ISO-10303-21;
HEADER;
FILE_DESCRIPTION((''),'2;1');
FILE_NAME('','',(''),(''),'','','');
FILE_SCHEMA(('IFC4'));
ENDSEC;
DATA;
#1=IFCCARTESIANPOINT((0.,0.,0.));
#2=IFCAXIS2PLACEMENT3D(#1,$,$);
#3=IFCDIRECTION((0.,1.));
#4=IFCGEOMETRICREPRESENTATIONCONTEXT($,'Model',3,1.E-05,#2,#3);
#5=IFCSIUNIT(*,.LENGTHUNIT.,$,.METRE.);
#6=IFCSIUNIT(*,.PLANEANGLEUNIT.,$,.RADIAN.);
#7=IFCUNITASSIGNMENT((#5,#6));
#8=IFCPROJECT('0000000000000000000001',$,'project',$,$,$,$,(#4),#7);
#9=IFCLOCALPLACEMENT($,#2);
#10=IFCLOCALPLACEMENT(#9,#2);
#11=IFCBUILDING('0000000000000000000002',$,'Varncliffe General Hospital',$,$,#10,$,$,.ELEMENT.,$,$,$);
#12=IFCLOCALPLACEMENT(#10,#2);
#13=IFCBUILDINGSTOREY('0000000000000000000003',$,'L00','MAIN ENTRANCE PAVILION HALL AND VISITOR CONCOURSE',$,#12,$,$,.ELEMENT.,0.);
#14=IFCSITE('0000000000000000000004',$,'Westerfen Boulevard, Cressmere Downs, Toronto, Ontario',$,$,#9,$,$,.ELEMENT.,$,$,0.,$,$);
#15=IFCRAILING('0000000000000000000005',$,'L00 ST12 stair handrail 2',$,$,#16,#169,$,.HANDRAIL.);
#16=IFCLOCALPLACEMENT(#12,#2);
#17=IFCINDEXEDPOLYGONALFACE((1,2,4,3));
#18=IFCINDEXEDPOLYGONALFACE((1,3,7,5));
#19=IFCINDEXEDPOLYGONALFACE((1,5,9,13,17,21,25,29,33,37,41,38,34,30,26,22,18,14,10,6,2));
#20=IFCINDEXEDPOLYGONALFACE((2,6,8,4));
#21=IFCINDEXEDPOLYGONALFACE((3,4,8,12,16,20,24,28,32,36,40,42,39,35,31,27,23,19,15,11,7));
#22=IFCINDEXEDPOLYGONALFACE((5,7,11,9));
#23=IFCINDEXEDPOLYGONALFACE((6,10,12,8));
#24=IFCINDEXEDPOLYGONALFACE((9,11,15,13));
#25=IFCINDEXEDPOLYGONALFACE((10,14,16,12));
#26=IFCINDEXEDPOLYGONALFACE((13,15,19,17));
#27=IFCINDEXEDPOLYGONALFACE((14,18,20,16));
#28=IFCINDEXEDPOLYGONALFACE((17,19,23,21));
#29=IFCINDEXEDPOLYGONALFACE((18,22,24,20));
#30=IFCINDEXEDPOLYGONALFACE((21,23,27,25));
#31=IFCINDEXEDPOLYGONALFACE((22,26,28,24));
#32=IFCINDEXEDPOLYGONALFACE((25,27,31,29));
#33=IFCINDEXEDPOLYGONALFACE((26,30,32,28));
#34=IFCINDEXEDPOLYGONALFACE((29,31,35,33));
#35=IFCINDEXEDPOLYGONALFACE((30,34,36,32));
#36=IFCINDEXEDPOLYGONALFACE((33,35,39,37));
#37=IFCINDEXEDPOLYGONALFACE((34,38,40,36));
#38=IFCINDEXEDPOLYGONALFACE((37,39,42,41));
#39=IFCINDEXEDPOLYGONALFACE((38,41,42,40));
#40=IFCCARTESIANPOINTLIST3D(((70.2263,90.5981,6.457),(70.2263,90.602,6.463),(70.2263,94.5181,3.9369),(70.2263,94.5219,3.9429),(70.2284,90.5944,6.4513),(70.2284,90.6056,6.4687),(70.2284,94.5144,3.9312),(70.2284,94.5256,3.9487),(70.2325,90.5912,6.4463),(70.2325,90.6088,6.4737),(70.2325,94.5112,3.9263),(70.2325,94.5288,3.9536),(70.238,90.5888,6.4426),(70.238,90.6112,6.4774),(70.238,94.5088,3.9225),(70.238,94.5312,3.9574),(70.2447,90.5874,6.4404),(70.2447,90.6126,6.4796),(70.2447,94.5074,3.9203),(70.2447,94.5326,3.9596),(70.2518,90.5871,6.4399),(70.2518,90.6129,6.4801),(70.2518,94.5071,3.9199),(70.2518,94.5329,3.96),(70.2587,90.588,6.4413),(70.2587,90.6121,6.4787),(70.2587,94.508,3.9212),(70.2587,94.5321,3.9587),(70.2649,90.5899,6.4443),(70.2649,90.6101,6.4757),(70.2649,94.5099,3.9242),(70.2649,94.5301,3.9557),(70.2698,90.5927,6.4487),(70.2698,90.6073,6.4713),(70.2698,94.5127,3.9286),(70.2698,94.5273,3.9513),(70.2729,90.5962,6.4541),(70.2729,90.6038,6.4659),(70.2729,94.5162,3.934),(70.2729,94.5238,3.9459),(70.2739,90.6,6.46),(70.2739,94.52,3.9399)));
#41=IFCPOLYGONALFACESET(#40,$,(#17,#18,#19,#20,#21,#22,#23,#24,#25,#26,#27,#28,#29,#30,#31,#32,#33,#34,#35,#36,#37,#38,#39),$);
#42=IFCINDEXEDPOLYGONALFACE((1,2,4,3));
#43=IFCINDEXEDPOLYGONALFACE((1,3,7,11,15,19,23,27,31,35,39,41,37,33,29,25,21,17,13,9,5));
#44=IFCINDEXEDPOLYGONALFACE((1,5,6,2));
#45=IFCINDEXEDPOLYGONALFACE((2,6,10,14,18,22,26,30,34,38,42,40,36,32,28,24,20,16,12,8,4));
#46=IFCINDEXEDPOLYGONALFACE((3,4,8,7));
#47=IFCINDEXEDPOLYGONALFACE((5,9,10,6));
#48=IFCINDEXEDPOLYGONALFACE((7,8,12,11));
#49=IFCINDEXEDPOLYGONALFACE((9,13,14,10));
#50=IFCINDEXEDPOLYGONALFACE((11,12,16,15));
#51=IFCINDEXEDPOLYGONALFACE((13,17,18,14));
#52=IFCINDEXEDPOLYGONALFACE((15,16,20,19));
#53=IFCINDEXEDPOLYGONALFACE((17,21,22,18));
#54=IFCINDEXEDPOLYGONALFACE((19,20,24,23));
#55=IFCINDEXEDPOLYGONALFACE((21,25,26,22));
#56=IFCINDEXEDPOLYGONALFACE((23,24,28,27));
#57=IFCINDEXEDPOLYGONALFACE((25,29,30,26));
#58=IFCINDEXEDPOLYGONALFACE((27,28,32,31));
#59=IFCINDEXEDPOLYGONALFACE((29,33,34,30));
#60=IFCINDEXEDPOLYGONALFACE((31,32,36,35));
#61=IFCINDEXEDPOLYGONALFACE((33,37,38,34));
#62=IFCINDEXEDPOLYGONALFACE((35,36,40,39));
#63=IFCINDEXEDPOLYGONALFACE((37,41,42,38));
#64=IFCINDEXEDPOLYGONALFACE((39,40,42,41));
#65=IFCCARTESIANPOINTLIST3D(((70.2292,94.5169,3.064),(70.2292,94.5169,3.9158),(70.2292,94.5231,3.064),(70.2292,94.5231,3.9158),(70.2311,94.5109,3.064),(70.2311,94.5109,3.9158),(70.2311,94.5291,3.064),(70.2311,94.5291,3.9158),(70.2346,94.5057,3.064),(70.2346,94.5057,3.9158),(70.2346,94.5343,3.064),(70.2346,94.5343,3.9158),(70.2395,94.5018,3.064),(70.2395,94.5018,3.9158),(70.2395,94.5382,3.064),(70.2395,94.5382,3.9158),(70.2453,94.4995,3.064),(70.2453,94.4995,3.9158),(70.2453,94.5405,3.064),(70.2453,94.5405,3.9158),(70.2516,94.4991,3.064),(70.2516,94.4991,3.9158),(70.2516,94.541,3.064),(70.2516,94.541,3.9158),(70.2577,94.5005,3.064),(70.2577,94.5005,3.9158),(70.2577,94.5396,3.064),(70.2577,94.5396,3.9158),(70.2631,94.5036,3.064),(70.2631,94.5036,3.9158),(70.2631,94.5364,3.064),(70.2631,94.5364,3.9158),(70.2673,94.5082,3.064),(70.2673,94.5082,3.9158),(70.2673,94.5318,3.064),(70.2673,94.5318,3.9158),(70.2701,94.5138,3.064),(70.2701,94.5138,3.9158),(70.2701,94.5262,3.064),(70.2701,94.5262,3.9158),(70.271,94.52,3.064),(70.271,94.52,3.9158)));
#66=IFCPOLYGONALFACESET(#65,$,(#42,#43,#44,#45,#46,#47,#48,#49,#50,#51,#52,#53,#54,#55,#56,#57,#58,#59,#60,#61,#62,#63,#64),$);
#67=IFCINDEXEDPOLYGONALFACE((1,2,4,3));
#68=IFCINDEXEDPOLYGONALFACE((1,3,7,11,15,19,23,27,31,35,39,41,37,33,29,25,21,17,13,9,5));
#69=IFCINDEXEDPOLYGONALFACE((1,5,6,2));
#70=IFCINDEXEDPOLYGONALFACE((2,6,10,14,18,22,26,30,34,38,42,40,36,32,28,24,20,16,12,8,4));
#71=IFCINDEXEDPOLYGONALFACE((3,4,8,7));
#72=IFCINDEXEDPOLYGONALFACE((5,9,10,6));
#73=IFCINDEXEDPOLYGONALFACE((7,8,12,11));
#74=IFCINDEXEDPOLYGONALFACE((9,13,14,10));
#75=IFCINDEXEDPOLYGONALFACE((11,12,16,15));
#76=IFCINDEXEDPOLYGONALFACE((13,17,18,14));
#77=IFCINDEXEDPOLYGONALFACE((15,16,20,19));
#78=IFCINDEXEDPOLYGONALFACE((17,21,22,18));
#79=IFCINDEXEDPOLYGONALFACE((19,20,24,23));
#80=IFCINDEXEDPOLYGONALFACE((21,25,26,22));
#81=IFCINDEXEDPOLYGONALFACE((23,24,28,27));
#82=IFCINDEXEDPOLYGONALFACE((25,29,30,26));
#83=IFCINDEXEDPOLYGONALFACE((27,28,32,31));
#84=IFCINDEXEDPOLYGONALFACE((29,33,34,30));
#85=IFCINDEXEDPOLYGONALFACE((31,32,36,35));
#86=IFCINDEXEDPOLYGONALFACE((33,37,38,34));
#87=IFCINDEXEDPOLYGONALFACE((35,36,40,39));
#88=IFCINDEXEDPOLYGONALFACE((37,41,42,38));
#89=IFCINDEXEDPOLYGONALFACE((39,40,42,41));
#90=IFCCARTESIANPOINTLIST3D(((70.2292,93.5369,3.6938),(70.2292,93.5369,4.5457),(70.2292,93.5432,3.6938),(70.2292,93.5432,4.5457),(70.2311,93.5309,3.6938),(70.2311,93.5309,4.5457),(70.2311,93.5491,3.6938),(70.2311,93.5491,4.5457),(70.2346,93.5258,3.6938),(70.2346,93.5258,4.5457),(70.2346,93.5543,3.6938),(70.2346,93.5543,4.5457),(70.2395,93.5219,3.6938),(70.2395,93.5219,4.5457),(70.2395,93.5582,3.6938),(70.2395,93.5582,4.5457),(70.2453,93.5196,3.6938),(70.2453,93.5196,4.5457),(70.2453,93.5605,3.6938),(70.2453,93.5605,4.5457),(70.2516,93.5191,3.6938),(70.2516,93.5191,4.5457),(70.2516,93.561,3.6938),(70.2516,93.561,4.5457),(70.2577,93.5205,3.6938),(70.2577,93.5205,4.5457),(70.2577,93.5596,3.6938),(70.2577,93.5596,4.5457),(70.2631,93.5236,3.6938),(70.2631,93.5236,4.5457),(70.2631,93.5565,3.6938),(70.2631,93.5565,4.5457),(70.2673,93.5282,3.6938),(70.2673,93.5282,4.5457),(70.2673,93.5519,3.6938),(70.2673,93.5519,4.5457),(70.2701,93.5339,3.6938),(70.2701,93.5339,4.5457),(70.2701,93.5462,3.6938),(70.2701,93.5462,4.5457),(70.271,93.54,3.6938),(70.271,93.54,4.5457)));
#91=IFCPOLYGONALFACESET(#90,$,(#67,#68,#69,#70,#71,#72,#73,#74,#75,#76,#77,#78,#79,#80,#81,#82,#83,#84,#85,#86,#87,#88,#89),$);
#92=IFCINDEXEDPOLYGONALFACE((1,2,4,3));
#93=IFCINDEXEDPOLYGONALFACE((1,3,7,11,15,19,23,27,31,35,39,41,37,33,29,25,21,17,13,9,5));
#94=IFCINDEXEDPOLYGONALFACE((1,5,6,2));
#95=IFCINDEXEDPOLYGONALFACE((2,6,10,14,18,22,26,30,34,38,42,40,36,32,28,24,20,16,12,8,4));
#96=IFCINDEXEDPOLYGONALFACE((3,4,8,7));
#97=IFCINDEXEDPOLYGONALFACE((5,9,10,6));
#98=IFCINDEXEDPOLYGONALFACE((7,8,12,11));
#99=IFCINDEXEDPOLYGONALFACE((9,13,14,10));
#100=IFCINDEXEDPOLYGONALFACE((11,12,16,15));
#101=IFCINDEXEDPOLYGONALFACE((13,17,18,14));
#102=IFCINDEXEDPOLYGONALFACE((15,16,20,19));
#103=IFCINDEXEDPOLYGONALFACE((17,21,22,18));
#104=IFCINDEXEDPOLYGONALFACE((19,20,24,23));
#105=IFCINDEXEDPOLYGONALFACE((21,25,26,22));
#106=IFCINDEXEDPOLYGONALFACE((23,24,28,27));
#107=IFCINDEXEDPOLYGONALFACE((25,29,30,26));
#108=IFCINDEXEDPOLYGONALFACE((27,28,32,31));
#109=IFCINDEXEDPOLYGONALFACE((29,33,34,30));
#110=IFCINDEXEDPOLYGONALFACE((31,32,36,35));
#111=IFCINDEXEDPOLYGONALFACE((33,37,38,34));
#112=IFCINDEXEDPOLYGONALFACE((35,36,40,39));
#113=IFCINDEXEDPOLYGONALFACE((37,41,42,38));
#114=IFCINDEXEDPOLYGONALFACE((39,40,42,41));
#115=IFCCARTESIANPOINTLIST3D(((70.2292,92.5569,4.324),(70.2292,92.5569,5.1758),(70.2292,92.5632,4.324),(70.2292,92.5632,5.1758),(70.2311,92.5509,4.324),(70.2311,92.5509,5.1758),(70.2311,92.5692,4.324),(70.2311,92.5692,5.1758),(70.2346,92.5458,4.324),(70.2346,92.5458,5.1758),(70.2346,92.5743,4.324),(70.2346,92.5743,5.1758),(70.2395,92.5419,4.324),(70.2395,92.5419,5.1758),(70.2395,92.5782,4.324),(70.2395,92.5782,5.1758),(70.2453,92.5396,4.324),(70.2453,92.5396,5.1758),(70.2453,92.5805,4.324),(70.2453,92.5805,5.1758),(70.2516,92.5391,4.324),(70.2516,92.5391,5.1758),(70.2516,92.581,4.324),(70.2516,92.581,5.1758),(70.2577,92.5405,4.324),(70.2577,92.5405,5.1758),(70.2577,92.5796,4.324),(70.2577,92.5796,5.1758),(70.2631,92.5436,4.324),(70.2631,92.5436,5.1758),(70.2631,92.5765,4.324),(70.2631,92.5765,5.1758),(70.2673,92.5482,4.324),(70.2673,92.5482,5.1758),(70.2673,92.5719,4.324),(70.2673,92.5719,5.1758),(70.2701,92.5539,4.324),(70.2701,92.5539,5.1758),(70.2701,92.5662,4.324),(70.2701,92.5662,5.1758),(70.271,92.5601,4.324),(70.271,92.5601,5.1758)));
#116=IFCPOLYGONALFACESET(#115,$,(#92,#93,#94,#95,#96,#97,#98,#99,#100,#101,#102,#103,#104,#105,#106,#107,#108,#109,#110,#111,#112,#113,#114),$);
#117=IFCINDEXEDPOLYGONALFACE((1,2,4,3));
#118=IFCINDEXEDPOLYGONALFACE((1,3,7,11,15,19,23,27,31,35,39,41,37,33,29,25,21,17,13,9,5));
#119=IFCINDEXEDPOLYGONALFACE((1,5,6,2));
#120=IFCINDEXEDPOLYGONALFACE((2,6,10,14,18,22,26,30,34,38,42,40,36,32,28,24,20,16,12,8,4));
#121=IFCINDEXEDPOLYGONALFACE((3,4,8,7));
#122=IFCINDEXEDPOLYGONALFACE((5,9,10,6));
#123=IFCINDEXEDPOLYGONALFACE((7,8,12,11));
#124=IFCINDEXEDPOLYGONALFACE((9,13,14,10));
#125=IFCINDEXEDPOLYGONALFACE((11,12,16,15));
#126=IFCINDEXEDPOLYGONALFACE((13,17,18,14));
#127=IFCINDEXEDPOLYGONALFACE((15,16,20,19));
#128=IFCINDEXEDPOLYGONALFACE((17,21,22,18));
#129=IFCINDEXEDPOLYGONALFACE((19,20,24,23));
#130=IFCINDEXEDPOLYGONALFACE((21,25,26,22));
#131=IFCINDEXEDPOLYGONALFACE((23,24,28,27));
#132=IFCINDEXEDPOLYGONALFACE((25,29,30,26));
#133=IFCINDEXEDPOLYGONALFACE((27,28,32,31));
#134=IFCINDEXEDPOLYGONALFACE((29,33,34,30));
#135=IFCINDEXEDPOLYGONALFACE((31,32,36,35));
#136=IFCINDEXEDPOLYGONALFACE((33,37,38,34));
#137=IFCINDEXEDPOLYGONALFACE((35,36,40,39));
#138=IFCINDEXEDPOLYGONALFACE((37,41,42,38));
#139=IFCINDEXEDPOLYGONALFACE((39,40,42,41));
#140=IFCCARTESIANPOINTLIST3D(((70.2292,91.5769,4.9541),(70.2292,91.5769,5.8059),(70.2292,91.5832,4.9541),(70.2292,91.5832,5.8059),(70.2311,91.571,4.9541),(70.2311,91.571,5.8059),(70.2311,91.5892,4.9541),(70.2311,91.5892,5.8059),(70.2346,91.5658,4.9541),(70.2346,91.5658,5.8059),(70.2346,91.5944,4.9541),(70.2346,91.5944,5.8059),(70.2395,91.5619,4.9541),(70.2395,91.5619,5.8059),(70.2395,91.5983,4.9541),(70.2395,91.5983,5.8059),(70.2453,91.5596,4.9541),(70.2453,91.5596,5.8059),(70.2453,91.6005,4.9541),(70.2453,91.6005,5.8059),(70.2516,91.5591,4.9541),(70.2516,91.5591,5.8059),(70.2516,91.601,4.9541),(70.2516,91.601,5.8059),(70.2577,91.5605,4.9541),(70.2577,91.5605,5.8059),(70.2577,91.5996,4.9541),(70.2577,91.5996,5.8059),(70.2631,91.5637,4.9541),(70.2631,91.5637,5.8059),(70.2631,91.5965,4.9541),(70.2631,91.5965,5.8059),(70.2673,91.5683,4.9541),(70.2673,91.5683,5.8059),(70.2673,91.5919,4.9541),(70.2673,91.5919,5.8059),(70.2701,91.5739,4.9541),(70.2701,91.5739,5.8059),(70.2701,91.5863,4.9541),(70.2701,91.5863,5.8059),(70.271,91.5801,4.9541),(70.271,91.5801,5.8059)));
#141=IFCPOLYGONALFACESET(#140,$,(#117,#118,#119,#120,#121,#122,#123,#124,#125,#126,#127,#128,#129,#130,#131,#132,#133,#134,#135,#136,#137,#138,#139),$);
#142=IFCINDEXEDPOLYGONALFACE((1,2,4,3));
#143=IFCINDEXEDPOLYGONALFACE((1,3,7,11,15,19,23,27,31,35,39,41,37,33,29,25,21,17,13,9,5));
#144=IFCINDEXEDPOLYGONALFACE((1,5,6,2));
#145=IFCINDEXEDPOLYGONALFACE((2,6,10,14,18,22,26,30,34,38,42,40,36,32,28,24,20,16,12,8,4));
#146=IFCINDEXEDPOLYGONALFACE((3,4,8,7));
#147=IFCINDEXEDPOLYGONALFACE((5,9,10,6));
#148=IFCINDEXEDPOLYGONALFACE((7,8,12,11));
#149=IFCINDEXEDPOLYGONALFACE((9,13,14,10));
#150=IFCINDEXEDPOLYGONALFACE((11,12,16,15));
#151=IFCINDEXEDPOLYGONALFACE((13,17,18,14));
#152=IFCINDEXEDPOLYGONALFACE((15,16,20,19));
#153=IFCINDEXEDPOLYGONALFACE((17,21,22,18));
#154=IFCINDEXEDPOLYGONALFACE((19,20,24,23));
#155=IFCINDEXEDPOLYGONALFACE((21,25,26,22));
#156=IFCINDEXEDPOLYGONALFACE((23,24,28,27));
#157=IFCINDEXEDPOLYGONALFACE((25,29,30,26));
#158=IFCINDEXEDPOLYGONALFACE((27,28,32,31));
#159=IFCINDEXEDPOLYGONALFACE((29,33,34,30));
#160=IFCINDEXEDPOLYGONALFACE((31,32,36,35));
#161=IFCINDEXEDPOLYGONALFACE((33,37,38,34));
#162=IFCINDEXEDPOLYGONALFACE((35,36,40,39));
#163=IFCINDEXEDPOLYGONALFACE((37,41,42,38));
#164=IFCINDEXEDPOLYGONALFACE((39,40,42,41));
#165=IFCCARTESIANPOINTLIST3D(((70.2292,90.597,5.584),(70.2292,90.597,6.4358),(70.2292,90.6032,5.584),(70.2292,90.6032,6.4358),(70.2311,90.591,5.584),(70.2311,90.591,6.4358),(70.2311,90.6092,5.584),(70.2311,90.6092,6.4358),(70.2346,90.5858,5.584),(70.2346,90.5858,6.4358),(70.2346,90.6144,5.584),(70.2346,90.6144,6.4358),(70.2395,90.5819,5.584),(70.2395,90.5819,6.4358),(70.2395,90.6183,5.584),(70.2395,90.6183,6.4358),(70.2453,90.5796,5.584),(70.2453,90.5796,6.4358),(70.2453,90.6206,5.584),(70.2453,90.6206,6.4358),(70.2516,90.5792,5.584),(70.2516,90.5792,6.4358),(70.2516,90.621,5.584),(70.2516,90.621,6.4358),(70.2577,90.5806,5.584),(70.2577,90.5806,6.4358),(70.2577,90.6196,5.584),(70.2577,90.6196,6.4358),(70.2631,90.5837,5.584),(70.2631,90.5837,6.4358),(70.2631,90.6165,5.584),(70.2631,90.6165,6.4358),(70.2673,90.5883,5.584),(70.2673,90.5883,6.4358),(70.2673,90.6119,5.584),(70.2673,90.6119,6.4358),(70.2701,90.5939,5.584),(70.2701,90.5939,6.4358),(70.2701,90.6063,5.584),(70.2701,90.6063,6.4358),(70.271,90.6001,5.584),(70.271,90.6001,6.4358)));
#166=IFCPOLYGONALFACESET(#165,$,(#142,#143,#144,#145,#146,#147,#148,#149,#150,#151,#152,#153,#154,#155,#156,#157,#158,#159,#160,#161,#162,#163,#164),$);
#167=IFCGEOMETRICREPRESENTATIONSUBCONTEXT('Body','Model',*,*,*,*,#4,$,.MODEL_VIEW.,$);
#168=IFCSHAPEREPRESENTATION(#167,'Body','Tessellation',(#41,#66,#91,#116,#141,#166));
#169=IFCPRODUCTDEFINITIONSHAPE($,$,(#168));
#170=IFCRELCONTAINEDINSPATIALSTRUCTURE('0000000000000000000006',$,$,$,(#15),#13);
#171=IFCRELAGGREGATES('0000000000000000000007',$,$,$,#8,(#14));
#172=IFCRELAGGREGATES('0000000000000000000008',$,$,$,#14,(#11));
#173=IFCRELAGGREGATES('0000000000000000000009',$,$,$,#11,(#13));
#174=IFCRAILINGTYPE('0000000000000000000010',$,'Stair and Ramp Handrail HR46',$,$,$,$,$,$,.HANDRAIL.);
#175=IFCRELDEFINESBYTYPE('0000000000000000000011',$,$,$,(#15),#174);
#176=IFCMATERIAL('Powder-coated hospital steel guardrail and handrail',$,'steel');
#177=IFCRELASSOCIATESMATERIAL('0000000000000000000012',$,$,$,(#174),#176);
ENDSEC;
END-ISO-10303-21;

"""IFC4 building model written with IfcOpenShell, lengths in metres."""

from ifc_helpers import new_model, si_unit, direction, frame, origin, origin_2d, place, context, subcontext, project, spatial, circle, extrude, material, type_object, element, save


model = new_model("IFC4")

# Units and contexts
model_context = context("Model", 3, precision=1e-05, world=origin(), true_north=direction((0.0, 1.0)))
body_context = subcontext(model_context, "Body", "Model", "MODEL_VIEW")
ifc_project = project(units=[si_unit("LENGTHUNIT", "METRE"), si_unit("PLANEANGLEUNIT", "RADIAN")], contexts=[model_context])

# Site, building, storey
site_placement = place(None, origin())
site = spatial("IfcSite", under=ifc_project, at=site_placement, Name="Westerfen Boulevard, Cressmere Downs, Toronto, Ontario", CompositionType="ELEMENT", RefElevation=0.0)
building_placement = place(site_placement, origin())
building = spatial("IfcBuilding", under=site, at=building_placement, Name="Varncliffe General Hospital", CompositionType="ELEMENT")
storey_placement = place(building_placement, origin())
storey = spatial("IfcBuildingStorey", under=building, at=storey_placement, Name="L00", Description="MAIN ENTRANCE PAVILION HALL AND VISITOR CONCOURSE", CompositionType="ELEMENT", Elevation=0.0)

# Railing
ifc_material_1 = material(Name="Powder-coated hospital steel guardrail and handrail", Category="steel")
railing_type_1 = type_object("IfcRailingType", Name="Stair and Ramp Handrail HR46", PredefinedType="HANDRAIL", material=ifc_material_1)
railing_1_placement = place(storey_placement, frame((70.25, 94.52, 3.064)))
element("IfcRailing", 1, at=railing_1_placement, inside=storey, type_object=railing_type_1, Name="L00 ST12 stair handrail 2", PredefinedType="HANDRAIL", context=body_context, shape_type="SweptSolid", body=[
    extrude(circle(Radius=0.0239, at=origin_2d()), frame((0.0, 0.0, 0.876), z_axis=(0.0, -0.841172, 0.540768), x_axis=(1.0, 0.0, 0.0)), (0.0, 0.0, 1.0), 4.6602),
    extrude(circle(Radius=0.021, at=origin_2d()), origin(), (0.0, 0.0, 1.0), 0.8518),
    extrude(circle(Radius=0.021, at=origin_2d()), frame((0.0, -0.98, 0.6299)), (0.0, 0.0, 1.0), 0.8518),
    extrude(circle(Radius=0.021, at=origin_2d()), frame((0.0, -1.96, 1.26)), (0.0, 0.0, 1.0), 0.8518),
    extrude(circle(Radius=0.021, at=origin_2d()), frame((0.0, -2.9399, 1.8901)), (0.0, 0.0, 1.0), 0.8518),
    extrude(circle(Radius=0.021, at=origin_2d()), frame((0.0, -3.9199, 2.52)), (0.0, 0.0, 1.0), 0.8518),
])

save(model, "model.ifc")
